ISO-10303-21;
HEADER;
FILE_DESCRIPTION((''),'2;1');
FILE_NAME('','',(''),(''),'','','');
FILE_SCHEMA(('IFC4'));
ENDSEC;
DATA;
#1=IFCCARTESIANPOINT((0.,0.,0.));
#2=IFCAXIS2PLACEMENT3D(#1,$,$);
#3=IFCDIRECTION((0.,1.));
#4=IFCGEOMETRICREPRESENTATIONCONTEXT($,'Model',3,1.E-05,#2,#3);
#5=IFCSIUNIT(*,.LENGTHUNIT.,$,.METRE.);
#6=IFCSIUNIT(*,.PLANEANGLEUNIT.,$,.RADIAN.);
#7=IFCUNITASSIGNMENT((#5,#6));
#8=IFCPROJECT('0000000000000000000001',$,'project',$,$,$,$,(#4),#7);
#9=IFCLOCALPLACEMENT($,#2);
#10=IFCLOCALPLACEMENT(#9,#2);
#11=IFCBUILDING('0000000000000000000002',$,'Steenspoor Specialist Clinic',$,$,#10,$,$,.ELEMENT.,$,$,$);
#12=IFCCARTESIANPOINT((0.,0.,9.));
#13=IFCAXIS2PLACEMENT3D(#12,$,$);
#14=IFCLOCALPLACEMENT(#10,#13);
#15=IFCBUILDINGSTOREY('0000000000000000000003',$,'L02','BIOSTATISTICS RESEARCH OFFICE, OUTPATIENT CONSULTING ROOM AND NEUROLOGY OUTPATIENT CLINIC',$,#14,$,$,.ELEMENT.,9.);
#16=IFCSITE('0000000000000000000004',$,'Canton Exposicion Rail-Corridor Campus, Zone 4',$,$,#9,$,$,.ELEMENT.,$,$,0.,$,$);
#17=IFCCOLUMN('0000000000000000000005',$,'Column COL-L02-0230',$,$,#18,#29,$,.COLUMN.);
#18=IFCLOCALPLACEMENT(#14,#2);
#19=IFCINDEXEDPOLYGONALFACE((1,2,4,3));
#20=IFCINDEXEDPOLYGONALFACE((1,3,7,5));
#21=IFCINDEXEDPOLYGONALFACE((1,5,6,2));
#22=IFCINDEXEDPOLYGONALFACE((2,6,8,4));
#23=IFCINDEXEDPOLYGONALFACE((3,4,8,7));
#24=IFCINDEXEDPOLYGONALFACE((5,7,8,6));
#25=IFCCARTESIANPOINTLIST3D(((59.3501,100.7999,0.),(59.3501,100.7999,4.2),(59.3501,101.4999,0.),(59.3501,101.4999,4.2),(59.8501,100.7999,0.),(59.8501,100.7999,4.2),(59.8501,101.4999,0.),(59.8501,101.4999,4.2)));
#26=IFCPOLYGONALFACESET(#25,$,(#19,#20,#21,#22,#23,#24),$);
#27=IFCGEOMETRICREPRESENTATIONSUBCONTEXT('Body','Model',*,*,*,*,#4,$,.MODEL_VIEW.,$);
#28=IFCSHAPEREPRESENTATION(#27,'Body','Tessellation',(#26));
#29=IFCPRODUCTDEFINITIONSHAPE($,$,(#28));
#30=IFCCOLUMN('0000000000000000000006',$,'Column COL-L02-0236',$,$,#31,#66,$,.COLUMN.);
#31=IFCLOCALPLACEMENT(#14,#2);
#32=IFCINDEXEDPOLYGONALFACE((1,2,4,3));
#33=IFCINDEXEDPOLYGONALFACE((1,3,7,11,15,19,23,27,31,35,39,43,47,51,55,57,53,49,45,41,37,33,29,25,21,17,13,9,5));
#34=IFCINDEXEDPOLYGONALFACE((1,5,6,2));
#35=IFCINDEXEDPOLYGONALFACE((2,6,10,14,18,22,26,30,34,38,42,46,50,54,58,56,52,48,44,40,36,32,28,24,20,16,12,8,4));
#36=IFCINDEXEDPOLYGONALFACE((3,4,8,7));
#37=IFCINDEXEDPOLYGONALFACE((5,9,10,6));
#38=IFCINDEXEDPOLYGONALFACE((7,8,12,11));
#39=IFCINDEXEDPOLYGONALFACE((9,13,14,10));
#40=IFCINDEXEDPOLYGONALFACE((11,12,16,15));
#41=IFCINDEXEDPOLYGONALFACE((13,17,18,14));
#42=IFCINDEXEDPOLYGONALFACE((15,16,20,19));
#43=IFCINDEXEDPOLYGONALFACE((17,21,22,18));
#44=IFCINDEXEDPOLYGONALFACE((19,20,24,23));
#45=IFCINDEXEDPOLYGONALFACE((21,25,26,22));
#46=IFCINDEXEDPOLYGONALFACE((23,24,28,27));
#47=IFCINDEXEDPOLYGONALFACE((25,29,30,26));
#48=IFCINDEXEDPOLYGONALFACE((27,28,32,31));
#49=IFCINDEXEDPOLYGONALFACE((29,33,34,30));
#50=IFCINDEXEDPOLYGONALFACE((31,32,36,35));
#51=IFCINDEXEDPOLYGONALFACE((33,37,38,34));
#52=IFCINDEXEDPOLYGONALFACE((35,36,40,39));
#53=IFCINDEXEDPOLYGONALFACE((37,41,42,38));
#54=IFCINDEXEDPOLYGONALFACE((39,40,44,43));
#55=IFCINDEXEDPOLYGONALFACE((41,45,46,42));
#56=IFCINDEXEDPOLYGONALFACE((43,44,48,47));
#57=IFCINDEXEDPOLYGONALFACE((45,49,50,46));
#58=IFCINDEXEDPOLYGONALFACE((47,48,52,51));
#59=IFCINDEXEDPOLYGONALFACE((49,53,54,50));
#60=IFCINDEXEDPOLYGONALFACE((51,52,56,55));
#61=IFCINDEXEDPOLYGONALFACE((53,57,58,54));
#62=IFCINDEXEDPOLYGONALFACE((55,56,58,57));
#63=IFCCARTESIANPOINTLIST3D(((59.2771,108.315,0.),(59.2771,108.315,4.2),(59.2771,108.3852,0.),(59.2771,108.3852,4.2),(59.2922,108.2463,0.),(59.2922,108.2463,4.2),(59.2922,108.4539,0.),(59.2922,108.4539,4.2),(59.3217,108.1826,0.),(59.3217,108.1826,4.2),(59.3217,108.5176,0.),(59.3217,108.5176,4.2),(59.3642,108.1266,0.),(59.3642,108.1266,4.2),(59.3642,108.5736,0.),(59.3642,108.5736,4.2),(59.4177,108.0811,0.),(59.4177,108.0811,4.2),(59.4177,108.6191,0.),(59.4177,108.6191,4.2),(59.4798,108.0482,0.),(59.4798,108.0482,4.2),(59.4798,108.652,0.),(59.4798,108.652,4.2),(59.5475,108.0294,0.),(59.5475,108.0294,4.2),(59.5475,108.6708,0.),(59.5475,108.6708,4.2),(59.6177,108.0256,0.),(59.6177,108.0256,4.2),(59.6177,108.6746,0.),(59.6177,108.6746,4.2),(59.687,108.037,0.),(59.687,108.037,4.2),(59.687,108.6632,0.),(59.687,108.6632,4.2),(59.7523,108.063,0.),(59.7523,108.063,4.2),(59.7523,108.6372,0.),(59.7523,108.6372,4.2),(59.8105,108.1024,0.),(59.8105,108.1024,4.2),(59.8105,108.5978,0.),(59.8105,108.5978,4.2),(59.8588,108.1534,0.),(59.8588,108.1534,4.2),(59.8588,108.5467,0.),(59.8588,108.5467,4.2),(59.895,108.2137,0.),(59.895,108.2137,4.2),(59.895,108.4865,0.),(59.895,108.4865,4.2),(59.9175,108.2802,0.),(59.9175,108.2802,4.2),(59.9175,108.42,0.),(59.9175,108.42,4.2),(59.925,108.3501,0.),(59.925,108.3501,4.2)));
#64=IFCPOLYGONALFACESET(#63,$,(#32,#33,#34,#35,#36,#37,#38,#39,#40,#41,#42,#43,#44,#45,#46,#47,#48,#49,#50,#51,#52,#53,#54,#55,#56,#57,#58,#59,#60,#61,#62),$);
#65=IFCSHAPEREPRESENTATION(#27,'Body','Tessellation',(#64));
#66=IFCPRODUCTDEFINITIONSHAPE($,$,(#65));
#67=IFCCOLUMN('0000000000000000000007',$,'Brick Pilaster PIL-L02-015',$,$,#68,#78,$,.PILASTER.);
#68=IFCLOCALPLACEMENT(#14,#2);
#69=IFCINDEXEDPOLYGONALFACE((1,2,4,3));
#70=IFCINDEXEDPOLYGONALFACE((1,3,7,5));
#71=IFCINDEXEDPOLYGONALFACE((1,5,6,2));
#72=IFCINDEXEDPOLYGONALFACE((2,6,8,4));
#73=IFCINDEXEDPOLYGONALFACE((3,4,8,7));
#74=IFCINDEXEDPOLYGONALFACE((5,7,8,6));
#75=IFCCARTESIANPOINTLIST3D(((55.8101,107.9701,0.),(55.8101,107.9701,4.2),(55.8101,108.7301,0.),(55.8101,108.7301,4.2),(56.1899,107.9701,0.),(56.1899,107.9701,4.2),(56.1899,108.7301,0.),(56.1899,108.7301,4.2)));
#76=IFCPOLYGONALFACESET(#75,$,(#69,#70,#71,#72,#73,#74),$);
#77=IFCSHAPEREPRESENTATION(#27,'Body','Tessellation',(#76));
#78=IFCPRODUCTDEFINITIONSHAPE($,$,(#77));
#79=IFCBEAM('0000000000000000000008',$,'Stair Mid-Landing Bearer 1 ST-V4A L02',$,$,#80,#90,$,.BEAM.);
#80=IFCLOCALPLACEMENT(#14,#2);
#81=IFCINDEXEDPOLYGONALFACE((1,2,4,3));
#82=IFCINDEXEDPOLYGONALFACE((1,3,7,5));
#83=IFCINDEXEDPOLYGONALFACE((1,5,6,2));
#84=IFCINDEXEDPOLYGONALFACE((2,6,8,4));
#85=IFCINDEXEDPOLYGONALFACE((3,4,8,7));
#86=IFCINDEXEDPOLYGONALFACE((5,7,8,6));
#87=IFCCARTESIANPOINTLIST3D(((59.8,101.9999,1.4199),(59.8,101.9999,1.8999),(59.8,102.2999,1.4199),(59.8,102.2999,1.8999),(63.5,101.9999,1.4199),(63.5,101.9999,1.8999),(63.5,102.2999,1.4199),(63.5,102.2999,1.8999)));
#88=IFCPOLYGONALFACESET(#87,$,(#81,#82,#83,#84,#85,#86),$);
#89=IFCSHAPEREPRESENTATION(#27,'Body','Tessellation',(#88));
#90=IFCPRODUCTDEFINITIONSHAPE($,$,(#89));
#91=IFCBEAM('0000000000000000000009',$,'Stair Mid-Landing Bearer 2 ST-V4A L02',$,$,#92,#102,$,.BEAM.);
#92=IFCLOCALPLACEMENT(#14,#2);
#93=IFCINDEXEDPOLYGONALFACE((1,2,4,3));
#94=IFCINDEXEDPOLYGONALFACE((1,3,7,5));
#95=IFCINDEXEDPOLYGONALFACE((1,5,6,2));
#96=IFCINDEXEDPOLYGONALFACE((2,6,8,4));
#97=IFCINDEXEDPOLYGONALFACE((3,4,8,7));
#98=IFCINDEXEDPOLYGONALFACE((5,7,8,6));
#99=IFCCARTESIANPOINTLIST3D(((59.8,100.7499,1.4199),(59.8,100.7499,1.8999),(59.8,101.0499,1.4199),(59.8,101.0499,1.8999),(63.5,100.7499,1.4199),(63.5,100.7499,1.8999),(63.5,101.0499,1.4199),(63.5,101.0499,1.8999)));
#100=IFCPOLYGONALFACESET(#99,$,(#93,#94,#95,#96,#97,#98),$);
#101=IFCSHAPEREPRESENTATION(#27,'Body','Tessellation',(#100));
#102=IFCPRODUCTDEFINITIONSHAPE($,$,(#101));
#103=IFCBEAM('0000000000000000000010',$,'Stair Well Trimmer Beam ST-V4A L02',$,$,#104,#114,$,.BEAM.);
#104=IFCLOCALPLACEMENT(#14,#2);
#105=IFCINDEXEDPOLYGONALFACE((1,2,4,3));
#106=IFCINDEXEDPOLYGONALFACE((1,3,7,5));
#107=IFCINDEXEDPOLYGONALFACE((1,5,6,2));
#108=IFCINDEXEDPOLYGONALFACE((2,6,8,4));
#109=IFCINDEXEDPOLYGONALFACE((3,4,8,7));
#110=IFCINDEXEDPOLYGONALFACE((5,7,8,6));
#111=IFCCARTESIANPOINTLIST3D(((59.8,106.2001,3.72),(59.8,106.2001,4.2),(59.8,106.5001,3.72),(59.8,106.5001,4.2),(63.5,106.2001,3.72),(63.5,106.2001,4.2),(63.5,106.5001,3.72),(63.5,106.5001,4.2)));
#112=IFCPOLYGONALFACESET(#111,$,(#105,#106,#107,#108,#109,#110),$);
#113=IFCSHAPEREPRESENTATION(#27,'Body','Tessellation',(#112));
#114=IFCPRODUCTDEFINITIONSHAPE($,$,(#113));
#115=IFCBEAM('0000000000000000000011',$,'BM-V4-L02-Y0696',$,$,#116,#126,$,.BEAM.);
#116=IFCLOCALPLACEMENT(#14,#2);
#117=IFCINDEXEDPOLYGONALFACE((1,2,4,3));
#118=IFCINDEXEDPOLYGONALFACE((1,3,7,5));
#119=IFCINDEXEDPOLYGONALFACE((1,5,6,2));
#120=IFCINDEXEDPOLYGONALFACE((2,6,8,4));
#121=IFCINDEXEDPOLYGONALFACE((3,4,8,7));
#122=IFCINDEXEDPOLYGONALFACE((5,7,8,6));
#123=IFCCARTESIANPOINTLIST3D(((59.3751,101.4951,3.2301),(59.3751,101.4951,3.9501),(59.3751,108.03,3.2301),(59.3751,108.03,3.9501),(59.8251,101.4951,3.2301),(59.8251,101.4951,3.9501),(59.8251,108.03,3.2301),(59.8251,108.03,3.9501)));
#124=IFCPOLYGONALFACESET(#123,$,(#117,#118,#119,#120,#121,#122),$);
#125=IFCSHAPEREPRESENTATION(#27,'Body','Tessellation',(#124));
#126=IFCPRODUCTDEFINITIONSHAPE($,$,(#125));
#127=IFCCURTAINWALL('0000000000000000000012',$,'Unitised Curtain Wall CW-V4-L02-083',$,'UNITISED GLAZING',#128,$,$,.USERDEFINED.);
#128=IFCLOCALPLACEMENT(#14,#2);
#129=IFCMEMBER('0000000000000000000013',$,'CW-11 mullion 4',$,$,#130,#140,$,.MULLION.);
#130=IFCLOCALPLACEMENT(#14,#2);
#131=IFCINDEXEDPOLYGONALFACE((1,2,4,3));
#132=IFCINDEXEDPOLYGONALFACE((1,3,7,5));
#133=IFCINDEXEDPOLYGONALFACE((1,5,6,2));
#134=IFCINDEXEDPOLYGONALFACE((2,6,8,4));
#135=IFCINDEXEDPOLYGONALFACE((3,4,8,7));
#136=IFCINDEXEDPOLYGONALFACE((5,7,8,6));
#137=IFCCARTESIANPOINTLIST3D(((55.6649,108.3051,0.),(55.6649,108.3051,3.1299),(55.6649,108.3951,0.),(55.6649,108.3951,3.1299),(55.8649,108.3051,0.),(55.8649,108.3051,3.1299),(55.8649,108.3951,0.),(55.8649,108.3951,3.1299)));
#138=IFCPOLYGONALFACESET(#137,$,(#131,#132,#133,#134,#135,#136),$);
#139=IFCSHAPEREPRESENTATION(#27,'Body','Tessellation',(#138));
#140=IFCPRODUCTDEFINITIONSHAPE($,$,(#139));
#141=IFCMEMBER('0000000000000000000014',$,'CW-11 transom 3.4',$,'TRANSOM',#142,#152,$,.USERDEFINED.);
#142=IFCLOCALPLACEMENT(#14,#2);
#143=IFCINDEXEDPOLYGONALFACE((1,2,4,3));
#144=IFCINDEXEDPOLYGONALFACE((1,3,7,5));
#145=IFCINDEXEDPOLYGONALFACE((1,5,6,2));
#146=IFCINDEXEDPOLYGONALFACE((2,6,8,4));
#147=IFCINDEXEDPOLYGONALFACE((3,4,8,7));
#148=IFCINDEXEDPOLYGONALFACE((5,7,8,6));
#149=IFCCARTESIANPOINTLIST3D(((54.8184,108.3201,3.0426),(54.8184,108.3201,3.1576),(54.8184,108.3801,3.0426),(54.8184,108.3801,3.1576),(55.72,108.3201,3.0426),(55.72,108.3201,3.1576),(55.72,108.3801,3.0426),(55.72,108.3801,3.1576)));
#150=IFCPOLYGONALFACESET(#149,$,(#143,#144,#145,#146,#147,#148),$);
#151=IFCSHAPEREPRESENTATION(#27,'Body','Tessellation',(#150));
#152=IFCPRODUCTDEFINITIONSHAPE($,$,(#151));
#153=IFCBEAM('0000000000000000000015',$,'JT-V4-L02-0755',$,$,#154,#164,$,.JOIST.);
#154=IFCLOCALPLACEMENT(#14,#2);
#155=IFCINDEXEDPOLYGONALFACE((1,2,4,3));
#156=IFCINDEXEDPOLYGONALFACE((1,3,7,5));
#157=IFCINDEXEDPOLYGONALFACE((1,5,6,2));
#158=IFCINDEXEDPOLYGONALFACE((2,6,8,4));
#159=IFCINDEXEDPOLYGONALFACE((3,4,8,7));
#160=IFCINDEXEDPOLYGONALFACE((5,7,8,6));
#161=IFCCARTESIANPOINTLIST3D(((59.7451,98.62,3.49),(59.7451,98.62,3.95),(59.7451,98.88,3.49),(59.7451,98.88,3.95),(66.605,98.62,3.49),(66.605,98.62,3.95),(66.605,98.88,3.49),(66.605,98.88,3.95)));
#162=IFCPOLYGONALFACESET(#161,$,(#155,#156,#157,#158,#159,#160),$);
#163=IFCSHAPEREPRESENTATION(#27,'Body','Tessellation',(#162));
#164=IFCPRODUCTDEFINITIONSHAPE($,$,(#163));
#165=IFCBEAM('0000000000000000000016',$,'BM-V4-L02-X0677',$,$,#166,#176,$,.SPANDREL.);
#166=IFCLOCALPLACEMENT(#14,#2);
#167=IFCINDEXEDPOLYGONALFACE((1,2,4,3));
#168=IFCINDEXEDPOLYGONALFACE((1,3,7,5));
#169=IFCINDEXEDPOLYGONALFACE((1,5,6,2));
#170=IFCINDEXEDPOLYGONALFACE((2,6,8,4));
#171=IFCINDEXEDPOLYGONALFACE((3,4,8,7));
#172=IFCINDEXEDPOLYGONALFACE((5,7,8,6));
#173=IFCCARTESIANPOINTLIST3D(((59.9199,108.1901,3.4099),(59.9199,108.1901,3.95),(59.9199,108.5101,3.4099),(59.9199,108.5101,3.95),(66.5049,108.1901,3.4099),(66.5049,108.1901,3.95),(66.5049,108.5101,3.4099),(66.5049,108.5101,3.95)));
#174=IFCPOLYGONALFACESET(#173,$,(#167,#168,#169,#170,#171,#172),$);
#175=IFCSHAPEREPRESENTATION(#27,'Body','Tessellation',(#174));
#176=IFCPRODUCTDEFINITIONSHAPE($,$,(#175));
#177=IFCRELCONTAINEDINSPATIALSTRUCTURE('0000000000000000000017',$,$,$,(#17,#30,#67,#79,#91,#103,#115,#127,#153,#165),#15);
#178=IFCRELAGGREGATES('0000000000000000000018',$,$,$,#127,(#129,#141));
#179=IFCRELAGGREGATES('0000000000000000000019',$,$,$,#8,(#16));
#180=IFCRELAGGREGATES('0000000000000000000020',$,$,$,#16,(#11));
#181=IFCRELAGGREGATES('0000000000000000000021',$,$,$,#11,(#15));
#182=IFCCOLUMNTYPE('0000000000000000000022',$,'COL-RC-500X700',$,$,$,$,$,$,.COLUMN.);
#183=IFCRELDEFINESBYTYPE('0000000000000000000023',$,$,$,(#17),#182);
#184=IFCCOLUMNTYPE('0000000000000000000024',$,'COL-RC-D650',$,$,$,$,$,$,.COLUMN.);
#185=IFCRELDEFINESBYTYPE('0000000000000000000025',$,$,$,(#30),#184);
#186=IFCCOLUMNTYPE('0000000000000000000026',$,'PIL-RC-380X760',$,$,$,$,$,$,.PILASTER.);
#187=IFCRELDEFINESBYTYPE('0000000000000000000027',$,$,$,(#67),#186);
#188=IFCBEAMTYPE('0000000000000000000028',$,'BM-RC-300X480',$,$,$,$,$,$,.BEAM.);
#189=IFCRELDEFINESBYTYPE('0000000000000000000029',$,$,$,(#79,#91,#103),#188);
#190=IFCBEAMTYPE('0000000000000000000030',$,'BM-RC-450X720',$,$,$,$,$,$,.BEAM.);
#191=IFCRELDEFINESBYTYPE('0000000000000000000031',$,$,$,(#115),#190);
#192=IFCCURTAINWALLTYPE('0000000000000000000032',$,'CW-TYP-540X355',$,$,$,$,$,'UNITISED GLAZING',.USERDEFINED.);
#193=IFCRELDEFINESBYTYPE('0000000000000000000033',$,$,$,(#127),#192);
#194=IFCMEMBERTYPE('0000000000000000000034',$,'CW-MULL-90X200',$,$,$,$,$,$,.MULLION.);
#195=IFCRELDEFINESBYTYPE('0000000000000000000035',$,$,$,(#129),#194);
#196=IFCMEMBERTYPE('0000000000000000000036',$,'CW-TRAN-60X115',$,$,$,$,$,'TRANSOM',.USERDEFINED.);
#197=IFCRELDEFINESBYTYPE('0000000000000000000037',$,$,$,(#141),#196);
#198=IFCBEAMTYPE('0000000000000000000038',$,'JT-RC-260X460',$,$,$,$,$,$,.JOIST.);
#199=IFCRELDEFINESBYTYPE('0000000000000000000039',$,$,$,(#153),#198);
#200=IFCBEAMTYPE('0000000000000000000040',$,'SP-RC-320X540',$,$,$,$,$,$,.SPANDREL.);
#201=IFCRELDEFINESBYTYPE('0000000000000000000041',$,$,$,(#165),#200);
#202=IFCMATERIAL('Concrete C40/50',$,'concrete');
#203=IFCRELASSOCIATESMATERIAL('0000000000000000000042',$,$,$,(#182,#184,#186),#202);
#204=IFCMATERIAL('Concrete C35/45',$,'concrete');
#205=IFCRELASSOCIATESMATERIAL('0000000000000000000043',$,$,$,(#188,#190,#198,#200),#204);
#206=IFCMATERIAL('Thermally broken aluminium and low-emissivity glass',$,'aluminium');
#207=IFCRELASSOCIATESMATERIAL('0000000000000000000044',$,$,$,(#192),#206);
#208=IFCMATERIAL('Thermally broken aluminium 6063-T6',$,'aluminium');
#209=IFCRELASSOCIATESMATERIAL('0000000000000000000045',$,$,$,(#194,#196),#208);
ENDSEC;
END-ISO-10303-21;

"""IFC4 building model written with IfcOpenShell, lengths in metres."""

from ifc_helpers import new_model, si_unit, direction, frame, origin, origin_2d, place, context, subcontext, project, spatial, rectangle, circle, extrude, material, material_profile, profile_set, type_object, element, aggregate, save


model = new_model("IFC4")

# Units and contexts
model_context = context("Model", 3, precision=1e-05, world=origin(), true_north=direction((0.0, 1.0)))
body_context = subcontext(model_context, "Body", "Model", "MODEL_VIEW")
ifc_project = project(units=[si_unit("LENGTHUNIT", "METRE"), si_unit("PLANEANGLEUNIT", "RADIAN")], contexts=[model_context])

# Site, building, storey
site_placement = place(None, origin())
site = spatial("IfcSite", under=ifc_project, at=site_placement, Name="Canton Exposicion Rail-Corridor Campus, Zone 4", CompositionType="ELEMENT", RefElevation=0.0)
building_placement = place(site_placement, origin())
building = spatial("IfcBuilding", under=site, at=building_placement, Name="Steenspoor Specialist Clinic", CompositionType="ELEMENT")
storey_placement = place(building_placement, frame((0.0, 0.0, 9.0)))
storey = spatial("IfcBuildingStorey", under=building, at=storey_placement, Name="L02", Description="BIOSTATISTICS RESEARCH OFFICE, OUTPATIENT CONSULTING ROOM AND NEUROLOGY OUTPATIENT CLINIC", CompositionType="ELEMENT", Elevation=9.0)

# Columns
ifc_material_1 = material(Name="Concrete C40/50", Category="concrete")
ifc_material_profile_1 = material_profile(ifc_material_1, rectangle(XDim=0.5, YDim=0.7, at=origin_2d()), Name="RC-COL-500X700")
ifc_profile_set_1 = profile_set([ifc_material_profile_1], Name="Concrete C40/50")
column_type_1 = type_object("IfcColumnType", Name="COL-RC-500X700", PredefinedType="COLUMN", material=ifc_profile_set_1)
column_1_placement = place(storey_placement, frame((59.6001, 101.1499, 0.0), z_axis=(0.0, 0.0, 1.0), x_axis=(1.0, 0.0, 0.0)))
element("IfcColumn", 1, at=column_1_placement, inside=storey, type_object=column_type_1, Name="Column COL-L02-0230", PredefinedType="COLUMN", context=body_context, shape_type="SweptSolid", body=[
    extrude(rectangle(XDim=0.5, YDim=0.7, at=origin_2d()), origin(), (0.0, 0.0, 1.0), 4.2),
])
ifc_material_profile_2 = material_profile(ifc_material_1, circle(Radius=0.325, at=origin_2d()), Name="RC-COL-D650")
ifc_profile_set_2 = profile_set([ifc_material_profile_2], Name="Concrete C40/50")
column_type_2 = type_object("IfcColumnType", Name="COL-RC-D650", PredefinedType="COLUMN", material=ifc_profile_set_2)
column_2_placement = place(storey_placement, frame((59.6001, 108.3501, 0.0), z_axis=(0.0, 0.0, 1.0), x_axis=(1.0, 0.0, 0.0)))
element("IfcColumn", 2, at=column_2_placement, inside=storey, type_object=column_type_2, Name="Column COL-L02-0236", PredefinedType="COLUMN", context=body_context, shape_type="SweptSolid", body=[
    extrude(circle(Radius=0.325, at=origin_2d()), origin(), (0.0, 0.0, 1.0), 4.2),
])
ifc_material_profile_3 = material_profile(ifc_material_1, rectangle(XDim=0.3799, YDim=0.76, at=origin_2d()), Name="RC-PIL-380X760")
ifc_profile_set_3 = profile_set([ifc_material_profile_3], Name="Concrete C40/50")
column_type_3 = type_object("IfcColumnType", Name="PIL-RC-380X760", PredefinedType="PILASTER", material=ifc_profile_set_3)
column_3_placement = place(storey_placement, frame((56.0, 108.3501, 0.0), z_axis=(0.0, 0.0, 1.0), x_axis=(1.0, 0.0, 0.0)))
element("IfcColumn", 3, at=column_3_placement, inside=storey, type_object=column_type_3, Name="Brick Pilaster PIL-L02-015", PredefinedType="PILASTER", context=body_context, shape_type="SweptSolid", body=[
    extrude(rectangle(XDim=0.3799, YDim=0.76, at=origin_2d()), origin(), (0.0, 0.0, 1.0), 4.2),
])

# Beams
ifc_material_2 = material(Name="Concrete C35/45", Category="concrete")
ifc_material_profile_4 = material_profile(ifc_material_2, rectangle(XDim=0.3, YDim=0.48, at=origin_2d()), Name="RC-BM-300X480")
ifc_profile_set_4 = profile_set([ifc_material_profile_4], Name="Concrete C35/45")
beam_type_1 = type_object("IfcBeamType", Name="BM-RC-300X480", PredefinedType="BEAM", material=ifc_profile_set_4)
for number, where, z_axis, x_axis, name in (
    (4, (59.8, 102.1499, 1.6599), (1.0, 0.0, 0.0), (0.0, 1.0, 0.0), "Stair Mid-Landing Bearer 1 ST-V4A L02"),
    (5, (59.8, 100.8999, 1.6599), (1.0, 0.0, 0.0), (0.0, 1.0, 0.0), "Stair Mid-Landing Bearer 2 ST-V4A L02"),
    (6, (59.8, 106.3501, 3.96), (1.0, 0.0, 0.0), (0.0, 1.0, 0.0), "Stair Well Trimmer Beam ST-V4A L02"),
):
    element("IfcBeam", number, at=place(storey_placement, frame(where, z_axis=z_axis, x_axis=x_axis)), inside=storey, type_object=beam_type_1, Name=name, PredefinedType="BEAM", context=body_context, shape_type="SweptSolid", body=[
        extrude(rectangle(XDim=0.3, YDim=0.48, at=origin_2d()), origin(), (0.0, 0.0, 1.0), 3.7),
    ])
ifc_material_profile_5 = material_profile(ifc_material_2, rectangle(XDim=0.45, YDim=0.72, at=origin_2d()), Name="RC-BM-450X720")
ifc_profile_set_5 = profile_set([ifc_material_profile_5], Name="Concrete C35/45")
beam_type_2 = type_object("IfcBeamType", Name="BM-RC-450X720", PredefinedType="BEAM", material=ifc_profile_set_5)
beam_1_placement = place(storey_placement, frame((59.6001, 101.4951, 3.5901), z_axis=(0.0, 1.0, 0.0), x_axis=(-1.0, 0.0, 0.0)))
element("IfcBeam", 7, at=beam_1_placement, inside=storey, type_object=beam_type_2, Name="BM-V4-L02-Y0696", PredefinedType="BEAM", context=body_context, shape_type="SweptSolid", body=[
    extrude(rectangle(XDim=0.45, YDim=0.72, at=origin_2d()), origin(), (0.0, 0.0, 1.0), 6.5349),
])

# Curtain wall, members
ifc_material_3 = material(Name="Thermally broken aluminium and low-emissivity glass", Category="aluminium")
curtain_wall_type = type_object("IfcCurtainWallType", Name="CW-TYP-540X355", ElementType="UNITISED GLAZING", PredefinedType="USERDEFINED", material=ifc_material_3)
curtain_wall_placement = place(storey_placement, origin())
curtain_wall = element("IfcCurtainWall", 8, at=curtain_wall_placement, inside=storey, type_object=curtain_wall_type, Name="Unitised Curtain Wall CW-V4-L02-083", ObjectType="UNITISED GLAZING", PredefinedType="USERDEFINED")
ifc_material_4 = material(Name="Thermally broken aluminium 6063-T6", Category="aluminium")
ifc_material_profile_6 = material_profile(ifc_material_4, rectangle(XDim=0.0901, YDim=0.2, at=origin_2d()), Name="CWM-90X200")
ifc_profile_set_6 = profile_set([ifc_material_profile_6], Name="Thermally broken aluminium 6063-T6")
member_type_1 = type_object("IfcMemberType", Name="CW-MULL-90X200", PredefinedType="MULLION", material=ifc_profile_set_6)
member_1_placement = place(storey_placement, frame((55.7649, 108.3501, 0.0), z_axis=(0.0, 0.0, 1.0), x_axis=(0.0, 1.0, 0.0)))
member_1 = element("IfcMember", 9, at=member_1_placement, type_object=member_type_1, Name="CW-11 mullion 4", PredefinedType="MULLION", context=body_context, shape_type="SweptSolid", body=[
    extrude(rectangle(XDim=0.0901, YDim=0.2, at=origin_2d()), origin(), (0.0, 0.0, 1.0), 3.1299),
])
ifc_material_profile_7 = material_profile(ifc_material_4, rectangle(XDim=0.0601, YDim=0.115, at=origin_2d()), Name="CWT-60X115")
ifc_profile_set_7 = profile_set([ifc_material_profile_7], Name="Thermally broken aluminium 6063-T6")
member_type_2 = type_object("IfcMemberType", Name="CW-TRAN-60X115", ElementType="TRANSOM", PredefinedType="USERDEFINED", material=ifc_profile_set_7)
member_2_placement = place(storey_placement, frame((54.8184, 108.3501, 3.1001), z_axis=(1.0, 0.0, 0.0), x_axis=(0.0, 1.0, 0.0)))
member_2 = element("IfcMember", 10, at=member_2_placement, type_object=member_type_2, Name="CW-11 transom 3.4", ObjectType="TRANSOM", PredefinedType="USERDEFINED", context=body_context, shape_type="SweptSolid", body=[
    extrude(rectangle(XDim=0.0601, YDim=0.115, at=origin_2d()), origin(), (0.0, 0.0, 1.0), 0.9016),
])

# Beams
ifc_material_profile_8 = material_profile(ifc_material_2, rectangle(XDim=0.26, YDim=0.46, at=origin_2d()), Name="RC-JT-260X460")
ifc_profile_set_8 = profile_set([ifc_material_profile_8], Name="Concrete C35/45")
beam_type_3 = type_object("IfcBeamType", Name="JT-RC-260X460", PredefinedType="JOIST", material=ifc_profile_set_8)
beam_2_placement = place(storey_placement, frame((59.7451, 98.75, 3.72), z_axis=(1.0, 0.0, 0.0), x_axis=(0.0, 1.0, 0.0)))
element("IfcBeam", 11, at=beam_2_placement, inside=storey, type_object=beam_type_3, Name="JT-V4-L02-0755", PredefinedType="JOIST", context=body_context, shape_type="SweptSolid", body=[
    extrude(rectangle(XDim=0.26, YDim=0.46, at=origin_2d()), origin(), (0.0, 0.0, 1.0), 6.8599),
])
ifc_material_profile_9 = material_profile(ifc_material_2, rectangle(XDim=0.3201, YDim=0.54, at=origin_2d()), Name="RC-SP-320X540")
ifc_profile_set_9 = profile_set([ifc_material_profile_9], Name="Concrete C35/45")
beam_type_4 = type_object("IfcBeamType", Name="SP-RC-320X540", PredefinedType="SPANDREL", material=ifc_profile_set_9)
beam_3_placement = place(storey_placement, frame((59.9199, 108.3501, 3.6799), z_axis=(1.0, 0.0, 0.0), x_axis=(0.0, 1.0, 0.0)))
element("IfcBeam", 12, at=beam_3_placement, inside=storey, type_object=beam_type_4, Name="BM-V4-L02-X0677", PredefinedType="SPANDREL", context=body_context, shape_type="SweptSolid", body=[
    extrude(rectangle(XDim=0.3201, YDim=0.54, at=origin_2d()), origin(), (0.0, 0.0, 1.0), 6.585),
])

aggregate(curtain_wall, [member_1, member_2])

save(model, "model.ifc")
